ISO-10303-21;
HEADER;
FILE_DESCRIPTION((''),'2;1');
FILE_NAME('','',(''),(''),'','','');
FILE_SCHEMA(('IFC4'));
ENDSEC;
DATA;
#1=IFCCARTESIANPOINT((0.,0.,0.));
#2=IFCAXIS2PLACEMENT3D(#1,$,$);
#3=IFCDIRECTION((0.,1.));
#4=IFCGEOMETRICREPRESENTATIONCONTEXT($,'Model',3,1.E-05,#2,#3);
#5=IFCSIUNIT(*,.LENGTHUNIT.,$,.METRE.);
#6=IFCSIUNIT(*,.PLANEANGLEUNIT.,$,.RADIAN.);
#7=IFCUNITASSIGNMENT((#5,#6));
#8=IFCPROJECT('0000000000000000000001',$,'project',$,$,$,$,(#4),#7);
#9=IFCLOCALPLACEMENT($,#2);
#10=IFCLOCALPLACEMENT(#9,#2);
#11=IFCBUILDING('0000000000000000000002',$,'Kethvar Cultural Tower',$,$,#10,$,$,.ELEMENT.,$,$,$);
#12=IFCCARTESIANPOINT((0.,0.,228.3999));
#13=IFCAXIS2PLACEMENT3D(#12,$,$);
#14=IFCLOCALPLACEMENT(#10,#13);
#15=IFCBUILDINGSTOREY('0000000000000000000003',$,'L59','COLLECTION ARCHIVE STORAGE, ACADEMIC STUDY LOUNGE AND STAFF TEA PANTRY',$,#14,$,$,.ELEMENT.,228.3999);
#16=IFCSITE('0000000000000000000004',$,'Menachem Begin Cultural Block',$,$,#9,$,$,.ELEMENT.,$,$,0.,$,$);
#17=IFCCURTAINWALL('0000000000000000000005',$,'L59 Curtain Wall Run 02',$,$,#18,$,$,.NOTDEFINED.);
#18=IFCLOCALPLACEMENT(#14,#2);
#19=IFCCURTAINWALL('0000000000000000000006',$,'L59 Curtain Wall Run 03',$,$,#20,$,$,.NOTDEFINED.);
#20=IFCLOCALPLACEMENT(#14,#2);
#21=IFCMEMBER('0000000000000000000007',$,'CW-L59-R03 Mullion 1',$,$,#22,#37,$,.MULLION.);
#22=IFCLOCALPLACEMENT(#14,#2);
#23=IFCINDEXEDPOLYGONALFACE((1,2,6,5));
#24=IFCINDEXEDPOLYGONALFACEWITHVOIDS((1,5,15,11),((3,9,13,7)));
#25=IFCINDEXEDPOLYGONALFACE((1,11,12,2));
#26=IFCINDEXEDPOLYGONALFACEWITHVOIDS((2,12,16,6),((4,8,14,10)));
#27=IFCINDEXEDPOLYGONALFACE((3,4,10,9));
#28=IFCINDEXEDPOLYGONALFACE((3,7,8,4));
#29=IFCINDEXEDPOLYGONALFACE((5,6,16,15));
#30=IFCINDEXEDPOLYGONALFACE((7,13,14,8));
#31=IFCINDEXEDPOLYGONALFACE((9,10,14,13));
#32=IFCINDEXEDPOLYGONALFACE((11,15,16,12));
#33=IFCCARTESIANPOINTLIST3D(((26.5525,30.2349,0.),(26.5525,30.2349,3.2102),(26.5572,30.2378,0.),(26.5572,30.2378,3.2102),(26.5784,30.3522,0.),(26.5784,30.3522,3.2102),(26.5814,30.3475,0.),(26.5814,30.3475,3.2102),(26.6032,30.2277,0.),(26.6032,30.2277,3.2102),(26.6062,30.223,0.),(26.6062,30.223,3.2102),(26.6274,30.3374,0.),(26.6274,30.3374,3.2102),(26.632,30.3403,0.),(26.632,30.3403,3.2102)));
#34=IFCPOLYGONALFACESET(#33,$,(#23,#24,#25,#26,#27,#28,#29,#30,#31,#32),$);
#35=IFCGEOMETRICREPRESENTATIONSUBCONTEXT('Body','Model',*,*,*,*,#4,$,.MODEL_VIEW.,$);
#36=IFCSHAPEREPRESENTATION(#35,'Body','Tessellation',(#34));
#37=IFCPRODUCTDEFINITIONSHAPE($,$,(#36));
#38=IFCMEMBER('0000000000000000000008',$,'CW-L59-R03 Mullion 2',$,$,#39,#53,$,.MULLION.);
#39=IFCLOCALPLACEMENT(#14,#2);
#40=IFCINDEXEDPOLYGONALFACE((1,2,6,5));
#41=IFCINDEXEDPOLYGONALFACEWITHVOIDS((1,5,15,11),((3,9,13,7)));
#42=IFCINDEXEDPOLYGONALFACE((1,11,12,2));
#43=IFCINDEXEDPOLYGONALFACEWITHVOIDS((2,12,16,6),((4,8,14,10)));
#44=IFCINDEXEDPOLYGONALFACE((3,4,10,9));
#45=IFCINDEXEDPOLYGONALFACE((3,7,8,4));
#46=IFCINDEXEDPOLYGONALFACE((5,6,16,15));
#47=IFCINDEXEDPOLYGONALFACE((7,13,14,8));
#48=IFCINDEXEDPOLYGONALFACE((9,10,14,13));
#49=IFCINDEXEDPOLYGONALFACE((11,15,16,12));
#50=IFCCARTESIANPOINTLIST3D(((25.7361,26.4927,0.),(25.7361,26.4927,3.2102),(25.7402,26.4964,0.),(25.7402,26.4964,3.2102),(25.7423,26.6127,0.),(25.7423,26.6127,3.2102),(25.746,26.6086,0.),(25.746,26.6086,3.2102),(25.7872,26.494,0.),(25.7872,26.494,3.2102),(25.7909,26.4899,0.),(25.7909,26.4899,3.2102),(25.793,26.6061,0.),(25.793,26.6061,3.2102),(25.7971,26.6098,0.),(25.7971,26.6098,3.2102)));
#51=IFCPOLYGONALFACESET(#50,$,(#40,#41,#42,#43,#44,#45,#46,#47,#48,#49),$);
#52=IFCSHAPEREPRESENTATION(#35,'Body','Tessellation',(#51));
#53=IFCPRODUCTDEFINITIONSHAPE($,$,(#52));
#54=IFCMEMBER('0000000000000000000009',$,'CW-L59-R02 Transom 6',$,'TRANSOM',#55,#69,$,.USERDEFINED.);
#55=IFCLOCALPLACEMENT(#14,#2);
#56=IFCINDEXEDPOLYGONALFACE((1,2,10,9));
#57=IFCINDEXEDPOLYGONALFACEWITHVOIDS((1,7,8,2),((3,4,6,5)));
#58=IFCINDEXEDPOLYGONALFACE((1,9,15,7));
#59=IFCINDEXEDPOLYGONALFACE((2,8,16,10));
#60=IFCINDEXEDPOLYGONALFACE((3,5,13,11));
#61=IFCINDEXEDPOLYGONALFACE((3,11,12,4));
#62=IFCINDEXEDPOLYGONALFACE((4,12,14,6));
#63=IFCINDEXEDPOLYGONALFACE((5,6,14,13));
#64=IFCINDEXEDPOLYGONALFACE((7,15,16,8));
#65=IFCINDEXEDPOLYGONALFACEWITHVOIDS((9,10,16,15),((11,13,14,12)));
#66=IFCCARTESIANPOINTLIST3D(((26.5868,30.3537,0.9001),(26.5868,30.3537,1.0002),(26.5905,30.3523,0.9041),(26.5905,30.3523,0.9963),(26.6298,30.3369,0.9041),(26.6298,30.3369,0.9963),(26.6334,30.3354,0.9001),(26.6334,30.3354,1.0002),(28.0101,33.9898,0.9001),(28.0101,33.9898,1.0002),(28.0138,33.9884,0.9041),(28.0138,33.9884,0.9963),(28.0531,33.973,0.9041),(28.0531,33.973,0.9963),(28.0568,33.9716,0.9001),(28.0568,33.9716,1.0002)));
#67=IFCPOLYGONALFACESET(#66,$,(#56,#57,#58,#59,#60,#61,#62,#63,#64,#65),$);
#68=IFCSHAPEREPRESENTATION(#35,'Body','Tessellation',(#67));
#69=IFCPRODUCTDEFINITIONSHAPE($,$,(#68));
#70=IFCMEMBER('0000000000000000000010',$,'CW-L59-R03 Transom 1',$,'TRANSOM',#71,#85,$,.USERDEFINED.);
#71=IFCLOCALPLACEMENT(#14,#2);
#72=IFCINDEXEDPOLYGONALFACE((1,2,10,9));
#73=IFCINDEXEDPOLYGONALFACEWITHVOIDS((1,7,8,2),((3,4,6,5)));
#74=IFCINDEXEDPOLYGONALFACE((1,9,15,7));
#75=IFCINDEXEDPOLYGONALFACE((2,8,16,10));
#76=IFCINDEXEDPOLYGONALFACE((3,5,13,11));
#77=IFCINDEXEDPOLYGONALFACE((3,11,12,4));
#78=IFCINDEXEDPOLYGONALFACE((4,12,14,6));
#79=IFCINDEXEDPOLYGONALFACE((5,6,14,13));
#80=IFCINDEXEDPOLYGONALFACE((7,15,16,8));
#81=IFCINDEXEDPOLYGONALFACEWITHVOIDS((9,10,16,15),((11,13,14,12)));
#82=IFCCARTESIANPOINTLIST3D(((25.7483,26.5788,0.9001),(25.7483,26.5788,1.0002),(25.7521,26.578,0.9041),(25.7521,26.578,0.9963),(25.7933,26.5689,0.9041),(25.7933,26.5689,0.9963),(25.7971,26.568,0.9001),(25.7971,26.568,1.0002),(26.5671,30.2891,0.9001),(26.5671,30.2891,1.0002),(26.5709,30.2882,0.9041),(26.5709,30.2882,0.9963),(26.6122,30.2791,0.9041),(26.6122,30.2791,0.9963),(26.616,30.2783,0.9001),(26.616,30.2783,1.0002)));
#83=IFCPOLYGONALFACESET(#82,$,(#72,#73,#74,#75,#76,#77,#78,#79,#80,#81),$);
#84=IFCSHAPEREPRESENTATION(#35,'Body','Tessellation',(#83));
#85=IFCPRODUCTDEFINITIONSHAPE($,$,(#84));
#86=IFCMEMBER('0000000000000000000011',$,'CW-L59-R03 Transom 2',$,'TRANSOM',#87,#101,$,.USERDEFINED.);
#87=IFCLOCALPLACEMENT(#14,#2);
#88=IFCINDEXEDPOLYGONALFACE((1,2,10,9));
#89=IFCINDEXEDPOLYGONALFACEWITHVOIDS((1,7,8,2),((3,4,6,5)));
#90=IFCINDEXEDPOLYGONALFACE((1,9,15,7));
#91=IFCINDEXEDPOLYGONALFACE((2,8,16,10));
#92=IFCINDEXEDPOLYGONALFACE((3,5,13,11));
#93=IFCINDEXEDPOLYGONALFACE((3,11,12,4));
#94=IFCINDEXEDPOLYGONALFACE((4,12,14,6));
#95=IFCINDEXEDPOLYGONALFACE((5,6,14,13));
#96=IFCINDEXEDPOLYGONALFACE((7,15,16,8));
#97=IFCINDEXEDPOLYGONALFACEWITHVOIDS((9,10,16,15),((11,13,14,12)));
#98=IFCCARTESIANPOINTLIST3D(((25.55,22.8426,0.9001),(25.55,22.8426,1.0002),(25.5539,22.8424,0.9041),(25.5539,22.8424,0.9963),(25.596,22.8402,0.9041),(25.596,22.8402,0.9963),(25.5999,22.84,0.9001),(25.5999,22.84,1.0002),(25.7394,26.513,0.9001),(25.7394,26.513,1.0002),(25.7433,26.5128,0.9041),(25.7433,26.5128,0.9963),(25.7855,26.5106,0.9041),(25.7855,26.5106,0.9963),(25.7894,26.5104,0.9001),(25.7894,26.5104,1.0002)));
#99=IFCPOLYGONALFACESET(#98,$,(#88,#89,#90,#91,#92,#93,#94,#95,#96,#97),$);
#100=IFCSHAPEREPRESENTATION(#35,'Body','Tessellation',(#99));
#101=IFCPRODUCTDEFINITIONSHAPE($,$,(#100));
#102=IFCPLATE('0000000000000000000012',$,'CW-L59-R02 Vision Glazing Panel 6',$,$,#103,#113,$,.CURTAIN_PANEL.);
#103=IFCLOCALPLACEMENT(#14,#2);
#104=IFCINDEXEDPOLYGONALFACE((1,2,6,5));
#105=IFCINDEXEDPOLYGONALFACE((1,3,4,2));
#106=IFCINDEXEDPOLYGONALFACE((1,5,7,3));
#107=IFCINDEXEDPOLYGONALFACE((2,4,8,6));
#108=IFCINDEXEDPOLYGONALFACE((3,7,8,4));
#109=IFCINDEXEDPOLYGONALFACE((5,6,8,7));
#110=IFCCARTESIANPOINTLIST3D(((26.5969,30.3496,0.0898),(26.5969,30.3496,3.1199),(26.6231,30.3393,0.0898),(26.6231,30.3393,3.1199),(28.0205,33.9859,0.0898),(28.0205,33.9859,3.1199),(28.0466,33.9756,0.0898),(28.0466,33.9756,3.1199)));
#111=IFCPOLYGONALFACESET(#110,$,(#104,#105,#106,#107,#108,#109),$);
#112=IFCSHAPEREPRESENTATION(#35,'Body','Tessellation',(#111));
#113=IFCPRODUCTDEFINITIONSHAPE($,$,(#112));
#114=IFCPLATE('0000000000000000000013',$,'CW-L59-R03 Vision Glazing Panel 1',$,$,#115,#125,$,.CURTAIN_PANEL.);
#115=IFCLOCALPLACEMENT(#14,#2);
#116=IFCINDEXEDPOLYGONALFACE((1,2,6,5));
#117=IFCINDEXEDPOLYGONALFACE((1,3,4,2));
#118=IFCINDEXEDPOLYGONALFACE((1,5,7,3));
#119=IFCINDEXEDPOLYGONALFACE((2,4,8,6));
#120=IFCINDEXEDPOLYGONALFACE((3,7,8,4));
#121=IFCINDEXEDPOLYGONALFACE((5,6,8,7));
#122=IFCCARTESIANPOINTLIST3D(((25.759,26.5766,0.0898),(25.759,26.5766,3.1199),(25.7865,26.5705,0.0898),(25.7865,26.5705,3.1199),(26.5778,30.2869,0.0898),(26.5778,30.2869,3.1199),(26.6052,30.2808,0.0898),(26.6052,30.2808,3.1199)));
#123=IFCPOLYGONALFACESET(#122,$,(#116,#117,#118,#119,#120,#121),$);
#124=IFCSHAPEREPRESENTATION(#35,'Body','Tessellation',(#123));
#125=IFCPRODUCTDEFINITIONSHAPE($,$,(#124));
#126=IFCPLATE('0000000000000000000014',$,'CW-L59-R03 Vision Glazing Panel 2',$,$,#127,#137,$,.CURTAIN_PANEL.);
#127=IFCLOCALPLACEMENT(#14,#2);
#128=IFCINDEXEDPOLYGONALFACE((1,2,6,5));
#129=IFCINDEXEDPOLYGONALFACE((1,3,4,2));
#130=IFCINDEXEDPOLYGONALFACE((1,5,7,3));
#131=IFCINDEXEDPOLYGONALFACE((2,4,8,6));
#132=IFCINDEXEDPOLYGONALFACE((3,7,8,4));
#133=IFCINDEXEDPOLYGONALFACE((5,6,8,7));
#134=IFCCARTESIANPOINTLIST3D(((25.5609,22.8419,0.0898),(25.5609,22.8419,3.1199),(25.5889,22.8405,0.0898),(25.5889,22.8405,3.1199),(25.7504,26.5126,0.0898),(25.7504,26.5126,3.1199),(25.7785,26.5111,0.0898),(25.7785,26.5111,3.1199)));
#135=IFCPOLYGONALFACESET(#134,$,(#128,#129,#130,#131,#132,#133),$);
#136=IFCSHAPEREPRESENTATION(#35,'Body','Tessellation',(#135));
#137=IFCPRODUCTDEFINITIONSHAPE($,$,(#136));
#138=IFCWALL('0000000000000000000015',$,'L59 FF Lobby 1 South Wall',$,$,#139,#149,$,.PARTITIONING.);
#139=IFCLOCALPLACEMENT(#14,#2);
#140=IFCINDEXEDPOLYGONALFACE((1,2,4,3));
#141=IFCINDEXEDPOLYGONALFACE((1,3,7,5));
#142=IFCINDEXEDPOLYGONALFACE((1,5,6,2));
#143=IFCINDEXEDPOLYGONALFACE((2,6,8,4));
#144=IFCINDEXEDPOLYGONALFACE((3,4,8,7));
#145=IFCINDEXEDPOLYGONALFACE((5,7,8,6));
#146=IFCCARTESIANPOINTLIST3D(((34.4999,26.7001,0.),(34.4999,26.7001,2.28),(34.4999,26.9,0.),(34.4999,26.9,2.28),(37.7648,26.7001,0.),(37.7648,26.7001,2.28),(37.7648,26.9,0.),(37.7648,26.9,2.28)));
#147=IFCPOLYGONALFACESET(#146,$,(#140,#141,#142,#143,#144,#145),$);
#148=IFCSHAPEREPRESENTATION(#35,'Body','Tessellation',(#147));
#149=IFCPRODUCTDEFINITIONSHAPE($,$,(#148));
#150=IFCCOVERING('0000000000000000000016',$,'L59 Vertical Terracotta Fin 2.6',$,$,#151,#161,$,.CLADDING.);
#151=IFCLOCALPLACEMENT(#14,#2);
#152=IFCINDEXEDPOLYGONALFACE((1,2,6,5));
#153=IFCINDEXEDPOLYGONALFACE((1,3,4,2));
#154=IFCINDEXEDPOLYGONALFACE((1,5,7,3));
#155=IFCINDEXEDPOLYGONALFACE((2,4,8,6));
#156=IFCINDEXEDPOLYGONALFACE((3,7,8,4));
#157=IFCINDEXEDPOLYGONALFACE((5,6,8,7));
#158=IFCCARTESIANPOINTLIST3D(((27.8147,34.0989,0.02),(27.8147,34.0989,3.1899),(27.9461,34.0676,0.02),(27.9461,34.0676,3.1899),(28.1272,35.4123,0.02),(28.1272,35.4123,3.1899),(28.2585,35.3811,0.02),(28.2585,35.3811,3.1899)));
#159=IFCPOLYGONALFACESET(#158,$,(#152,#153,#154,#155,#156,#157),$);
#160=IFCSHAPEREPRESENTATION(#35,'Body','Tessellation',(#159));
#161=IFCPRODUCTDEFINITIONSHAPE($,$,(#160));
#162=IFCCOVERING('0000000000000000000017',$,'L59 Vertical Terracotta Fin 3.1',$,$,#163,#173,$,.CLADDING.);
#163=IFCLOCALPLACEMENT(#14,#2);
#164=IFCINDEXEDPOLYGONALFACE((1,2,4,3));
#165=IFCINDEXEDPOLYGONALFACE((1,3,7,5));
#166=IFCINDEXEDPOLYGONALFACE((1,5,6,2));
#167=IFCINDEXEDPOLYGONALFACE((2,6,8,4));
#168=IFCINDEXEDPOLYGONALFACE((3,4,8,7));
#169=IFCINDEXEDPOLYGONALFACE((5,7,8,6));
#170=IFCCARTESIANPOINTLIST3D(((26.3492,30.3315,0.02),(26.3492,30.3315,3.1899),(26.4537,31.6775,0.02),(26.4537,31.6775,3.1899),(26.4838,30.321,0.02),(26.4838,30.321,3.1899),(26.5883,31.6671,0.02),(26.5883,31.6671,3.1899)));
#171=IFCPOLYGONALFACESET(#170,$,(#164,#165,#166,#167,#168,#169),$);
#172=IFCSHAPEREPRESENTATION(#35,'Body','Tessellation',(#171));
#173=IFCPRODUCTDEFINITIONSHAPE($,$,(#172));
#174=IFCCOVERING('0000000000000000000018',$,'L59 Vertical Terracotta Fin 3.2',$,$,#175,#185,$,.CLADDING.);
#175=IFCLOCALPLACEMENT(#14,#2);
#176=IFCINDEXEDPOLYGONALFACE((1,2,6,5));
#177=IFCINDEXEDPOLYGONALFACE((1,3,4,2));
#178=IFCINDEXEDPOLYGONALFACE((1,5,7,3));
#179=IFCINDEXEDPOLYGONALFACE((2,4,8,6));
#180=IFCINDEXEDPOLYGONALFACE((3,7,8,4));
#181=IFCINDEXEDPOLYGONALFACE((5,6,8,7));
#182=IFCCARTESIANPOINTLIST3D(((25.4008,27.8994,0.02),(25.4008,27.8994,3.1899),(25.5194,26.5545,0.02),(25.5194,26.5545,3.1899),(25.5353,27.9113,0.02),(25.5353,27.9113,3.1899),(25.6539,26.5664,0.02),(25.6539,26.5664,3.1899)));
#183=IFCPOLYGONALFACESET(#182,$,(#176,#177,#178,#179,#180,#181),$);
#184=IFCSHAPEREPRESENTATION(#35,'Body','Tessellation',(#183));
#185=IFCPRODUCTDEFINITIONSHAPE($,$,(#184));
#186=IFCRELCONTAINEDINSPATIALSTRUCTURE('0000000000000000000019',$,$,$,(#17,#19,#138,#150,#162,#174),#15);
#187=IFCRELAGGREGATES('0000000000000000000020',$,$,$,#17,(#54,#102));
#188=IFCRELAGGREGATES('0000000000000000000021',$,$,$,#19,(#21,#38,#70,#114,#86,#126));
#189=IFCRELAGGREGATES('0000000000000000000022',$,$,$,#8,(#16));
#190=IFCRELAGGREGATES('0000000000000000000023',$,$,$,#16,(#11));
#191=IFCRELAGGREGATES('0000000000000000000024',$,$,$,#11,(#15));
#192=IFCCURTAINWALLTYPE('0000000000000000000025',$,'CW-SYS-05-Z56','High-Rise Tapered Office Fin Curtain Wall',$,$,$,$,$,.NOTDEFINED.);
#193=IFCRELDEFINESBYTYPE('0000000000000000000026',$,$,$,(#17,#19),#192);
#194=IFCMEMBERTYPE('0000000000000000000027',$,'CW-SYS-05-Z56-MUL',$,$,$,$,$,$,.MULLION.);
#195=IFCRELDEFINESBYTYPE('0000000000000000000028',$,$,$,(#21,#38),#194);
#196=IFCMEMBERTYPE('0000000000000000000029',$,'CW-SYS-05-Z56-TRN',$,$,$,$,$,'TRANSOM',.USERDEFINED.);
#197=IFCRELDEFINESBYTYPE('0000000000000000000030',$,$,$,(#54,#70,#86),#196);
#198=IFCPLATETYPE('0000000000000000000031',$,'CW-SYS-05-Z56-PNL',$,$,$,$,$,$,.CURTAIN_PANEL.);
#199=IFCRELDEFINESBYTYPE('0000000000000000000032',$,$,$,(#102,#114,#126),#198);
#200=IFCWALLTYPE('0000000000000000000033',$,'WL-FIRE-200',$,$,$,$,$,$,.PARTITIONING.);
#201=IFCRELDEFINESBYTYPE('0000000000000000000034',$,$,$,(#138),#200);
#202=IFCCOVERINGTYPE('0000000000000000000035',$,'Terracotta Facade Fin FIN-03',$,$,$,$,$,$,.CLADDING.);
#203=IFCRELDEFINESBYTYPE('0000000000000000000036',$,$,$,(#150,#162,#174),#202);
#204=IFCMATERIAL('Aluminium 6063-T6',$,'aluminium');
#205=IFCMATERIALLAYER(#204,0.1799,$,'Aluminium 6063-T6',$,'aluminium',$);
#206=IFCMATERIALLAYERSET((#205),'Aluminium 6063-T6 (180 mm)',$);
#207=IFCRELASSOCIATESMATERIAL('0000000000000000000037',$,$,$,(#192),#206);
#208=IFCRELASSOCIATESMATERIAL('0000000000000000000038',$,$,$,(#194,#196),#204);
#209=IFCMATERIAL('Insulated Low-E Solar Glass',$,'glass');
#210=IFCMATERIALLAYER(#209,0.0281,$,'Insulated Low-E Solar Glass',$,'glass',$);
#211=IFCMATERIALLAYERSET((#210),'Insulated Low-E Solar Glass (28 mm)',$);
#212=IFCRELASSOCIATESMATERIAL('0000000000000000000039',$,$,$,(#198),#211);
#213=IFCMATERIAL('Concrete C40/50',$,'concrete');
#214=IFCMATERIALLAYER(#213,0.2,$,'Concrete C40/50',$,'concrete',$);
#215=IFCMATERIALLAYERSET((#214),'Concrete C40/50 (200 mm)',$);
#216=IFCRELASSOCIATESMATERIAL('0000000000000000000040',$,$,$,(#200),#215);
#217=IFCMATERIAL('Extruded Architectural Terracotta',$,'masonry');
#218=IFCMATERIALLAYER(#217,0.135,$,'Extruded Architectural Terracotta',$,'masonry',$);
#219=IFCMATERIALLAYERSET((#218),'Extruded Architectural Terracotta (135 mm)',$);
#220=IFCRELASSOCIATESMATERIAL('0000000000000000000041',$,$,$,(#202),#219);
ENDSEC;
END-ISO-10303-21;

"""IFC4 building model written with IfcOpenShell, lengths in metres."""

from ifc_helpers import new_model, si_unit, direction, frame, frame_2d, origin, origin_2d, place, context, subcontext, project, spatial, rectangle, hollow_rectangle, extrude, source, transform, mapped, material, layer, layer_set, material_profile, profile_set, type_object, element, aggregate, save


model = new_model("IFC4")

# Units and contexts
model_context = context("Model", 3, precision=1e-05, world=origin(), true_north=direction((0.0, 1.0)))
body_context = subcontext(model_context, "Body", "Model", "MODEL_VIEW")
ifc_project = project(units=[si_unit("LENGTHUNIT", "METRE"), si_unit("PLANEANGLEUNIT", "RADIAN")], contexts=[model_context])

# Site, building, storey
site_placement = place(None, origin())
site = spatial("IfcSite", under=ifc_project, at=site_placement, Name="Menachem Begin Cultural Block", CompositionType="ELEMENT", RefElevation=0.0)
building_placement = place(site_placement, origin())
building = spatial("IfcBuilding", under=site, at=building_placement, Name="Kethvar Cultural Tower", CompositionType="ELEMENT")
storey_placement = place(building_placement, frame((0.0, 0.0, 228.3999)))
storey = spatial("IfcBuildingStorey", under=building, at=storey_placement, Name="L59", Description="COLLECTION ARCHIVE STORAGE, ACADEMIC STUDY LOUNGE AND STAFF TEA PANTRY", CompositionType="ELEMENT", Elevation=228.3999)

# Curtain walls, members
ifc_material_1 = material(Name="Aluminium 6063-T6", Category="aluminium")
ifc_layer_1 = layer(ifc_material_1, 0.1799, Name="Aluminium 6063-T6", Category="aluminium")
ifc_layer_set_1 = layer_set([ifc_layer_1], Name="Aluminium 6063-T6 (180 mm)")
curtain_wall_type = type_object("IfcCurtainWallType", Name="CW-SYS-05-Z56", Description="High-Rise Tapered Office Fin Curtain Wall", PredefinedType="NOTDEFINED", material=ifc_layer_set_1)
curtain_wall_1_placement = place(storey_placement, origin())
curtain_wall_1 = element("IfcCurtainWall", 1, at=curtain_wall_1_placement, inside=storey, type_object=curtain_wall_type, Name="L59 Curtain Wall Run 02", PredefinedType="NOTDEFINED")
ifc_material_profile_1 = material_profile(ifc_material_1, hollow_rectangle(XDim=0.0549, YDim=0.1201, WallThickness=0.0039, at=origin_2d()), Name="Aluminium 6063-T6 — RHS120x55x4")
ifc_profile_set_1 = profile_set([ifc_material_profile_1], Name="Aluminium 6063-T6 — RHS120x55x4")
member_type_1 = type_object("IfcMemberType", Name="CW-SYS-05-Z56-MUL", PredefinedType="MULLION", material=ifc_profile_set_1)
shared_shape_1 = source(origin(), body_context, "Body", "SweptSolid", [
    extrude(hollow_rectangle(XDim=0.0549, YDim=0.1201, WallThickness=0.0039, at=origin_2d()), origin(), (0.0, 0.0, 1.0), 3.2102),
])
curtain_wall_2_placement = place(storey_placement, origin())
curtain_wall_2 = element("IfcCurtainWall", 2, at=curtain_wall_2_placement, inside=storey, type_object=curtain_wall_type, Name="L59 Curtain Wall Run 03", PredefinedType="NOTDEFINED")
member_1_placement = place(storey_placement, frame((26.5923, 30.2876, 0.0), z_axis=(0.0, 0.0, 1.0), x_axis=(0.976507, -0.215485, 0.0)))
member_1 = element("IfcMember", 3, at=member_1_placement, type_object=member_type_1, Name="CW-L59-R03 Mullion 1", PredefinedType="MULLION", context=body_context, shape_type="MappedRepresentation", body=[
    mapped(shared_shape_1, transform((0.0, 0.0, 0.0), scale=1.0)),
])
member_2_placement = place(storey_placement, frame((25.7666, 26.5513, 0.0), z_axis=(0.0, 0.0, 1.0), x_axis=(0.998669, -0.051569, 0.0)))
member_2 = element("IfcMember", 4, at=member_2_placement, type_object=member_type_1, Name="CW-L59-R03 Mullion 2", PredefinedType="MULLION", context=body_context, shape_type="MappedRepresentation", body=[
    mapped(shared_shape_1, transform((0.0, 0.0, 0.0), scale=1.0)),
])

# Members
ifc_material_profile_2 = material_profile(ifc_material_1, hollow_rectangle(XDim=0.05, YDim=0.1001, WallThickness=0.0039, at=origin_2d()), Name="Aluminium 6063-T6 — RHS100x50x4")
ifc_profile_set_2 = profile_set([ifc_material_profile_2], Name="Aluminium 6063-T6 — RHS100x50x4")
member_type_2 = type_object("IfcMemberType", Name="CW-SYS-05-Z56-TRN", ElementType="TRANSOM", PredefinedType="USERDEFINED", material=ifc_profile_set_2)
shared_shape_2 = source(origin(), body_context, "Body", "SweptSolid", [
    extrude(hollow_rectangle(XDim=0.05, YDim=0.1001, WallThickness=0.0039, at=origin_2d()), origin(), (0.0, 0.0, 1.0), 3.9048),
])
member_3_placement = place(storey_placement, frame((28.0334, 33.9807, 0.9502), z_axis=(-0.364503, -0.931202, 0.0), x_axis=(0.931202, -0.364503, 0.0)))
member_3 = element("IfcMember", 5, at=member_3_placement, type_object=member_type_2, Name="CW-L59-R02 Transom 6", ObjectType="TRANSOM", PredefinedType="USERDEFINED", context=body_context, shape_type="MappedRepresentation", body=[
    mapped(shared_shape_2, transform((0.0, 0.0, 0.0), scale=1.0)),
])
shared_shape_3 = source(origin(), body_context, "Body", "SweptSolid", [
    extrude(hollow_rectangle(XDim=0.05, YDim=0.1001, WallThickness=0.0039, at=origin_2d()), origin(), (0.0, 0.0, 1.0), 3.7996),
])
member_4_placement = place(storey_placement, frame((26.5916, 30.2837, 0.9502), z_axis=(-0.215515, -0.976501, 0.0), x_axis=(0.976501, -0.215515, 0.0)))
member_4 = element("IfcMember", 6, at=member_4_placement, type_object=member_type_2, Name="CW-L59-R03 Transom 1", ObjectType="TRANSOM", PredefinedType="USERDEFINED", context=body_context, shape_type="MappedRepresentation", body=[
    mapped(shared_shape_3, transform((0.0, 0.0, 0.0), scale=1.0)),
])
shared_shape_4 = source(origin(), body_context, "Body", "SweptSolid", [
    extrude(hollow_rectangle(XDim=0.05, YDim=0.1001, WallThickness=0.0039, at=origin_2d()), origin(), (0.0, 0.0, 1.0), 3.6753),
])
member_5_placement = place(storey_placement, frame((25.7644, 26.5117, 0.9502), z_axis=(-0.051548, -0.998671, 0.0), x_axis=(0.998671, -0.051548, 0.0)))
member_5 = element("IfcMember", 7, at=member_5_placement, type_object=member_type_2, Name="CW-L59-R03 Transom 2", ObjectType="TRANSOM", PredefinedType="USERDEFINED", context=body_context, shape_type="MappedRepresentation", body=[
    mapped(shared_shape_4, transform((0.0, 0.0, 0.0), scale=1.0)),
])

# Plates
ifc_material_2 = material(Name="Insulated Low-E Solar Glass", Category="glass")
ifc_layer_2 = layer(ifc_material_2, 0.0281, Name="Insulated Low-E Solar Glass", Category="glass")
ifc_layer_set_2 = layer_set([ifc_layer_2], Name="Insulated Low-E Solar Glass (28 mm)")
plate_type = type_object("IfcPlateType", Name="CW-SYS-05-Z56-PNL", PredefinedType="CURTAIN_PANEL", material=ifc_layer_set_2)
shared_shape_5 = source(origin(), body_context, "Body", "SweptSolid", [
    extrude(rectangle(XDim=3.905, YDim=0.0281, at=origin_2d()), origin(), (0.0, 0.0, 1.0), 3.03),
])
plate_1_placement = place(storey_placement, frame((27.3218, 32.1626, 0.0898), z_axis=(0.0, 0.0, 1.0), x_axis=(-0.364536, -0.931189, 0.0)))
plate_1 = element("IfcPlate", 8, at=plate_1_placement, type_object=plate_type, Name="CW-L59-R02 Vision Glazing Panel 6", PredefinedType="CURTAIN_PANEL", context=body_context, shape_type="MappedRepresentation", body=[
    mapped(shared_shape_5, transform((0.0, 0.0, 0.0), scale=1.0)),
])
aggregate(curtain_wall_1, [member_3, plate_1])
shared_shape_6 = source(origin(), body_context, "Body", "SweptSolid", [
    extrude(rectangle(XDim=3.7996, YDim=0.0281, at=origin_2d()), origin(), (0.0, 0.0, 1.0), 3.03),
])
plate_2_placement = place(storey_placement, frame((26.1821, 28.4287, 0.0898), z_axis=(0.0, 0.0, 1.0), x_axis=(-0.215485, -0.976507, 0.0)))
plate_2 = element("IfcPlate", 9, at=plate_2_placement, type_object=plate_type, Name="CW-L59-R03 Vision Glazing Panel 1", PredefinedType="CURTAIN_PANEL", context=body_context, shape_type="MappedRepresentation", body=[
    mapped(shared_shape_6, transform((0.0, 0.0, 0.0), scale=1.0)),
])
shared_shape_7 = source(origin(), body_context, "Body", "SweptSolid", [
    extrude(rectangle(XDim=3.6755, YDim=0.0281, at=origin_2d()), origin(), (0.0, 0.0, 1.0), 3.03),
])
plate_3_placement = place(storey_placement, frame((25.6697, 24.6765, 0.0898), z_axis=(0.0, 0.0, 1.0), x_axis=(-0.051569, -0.998669, 0.0)))
plate_3 = element("IfcPlate", 10, at=plate_3_placement, type_object=plate_type, Name="CW-L59-R03 Vision Glazing Panel 2", PredefinedType="CURTAIN_PANEL", context=body_context, shape_type="MappedRepresentation", body=[
    mapped(shared_shape_7, transform((0.0, 0.0, 0.0), scale=1.0)),
])
aggregate(curtain_wall_2, [member_1, member_2, member_4, plate_2, member_5, plate_3])

# Shared definitions
ifc_material_3 = material(Name="Concrete C40/50", Category="concrete")
ifc_layer_3 = layer(ifc_material_3, 0.2, Name="Concrete C40/50", Category="concrete")
ifc_layer_set_3 = layer_set([ifc_layer_3], Name="Concrete C40/50 (200 mm)")
wall_type = type_object("IfcWallType", Name="WL-FIRE-200", PredefinedType="PARTITIONING", material=ifc_layer_set_3)

# Wall
wall_1_placement = place(storey_placement, frame((34.5, 26.8, 0.0), z_axis=(0.0, 0.0, 1.0), x_axis=(1.0, 0.0, 0.0)))
element("IfcWall", 11, at=wall_1_placement, inside=storey, type_object=wall_type, Name="L59 FF Lobby 1 South Wall", PredefinedType="PARTITIONING", context=body_context, shape_type="SweptSolid", body=[
    extrude(rectangle(XDim=3.2649, YDim=0.2, at=frame_2d((1.6323, 0.0))), origin(), (0.0, 0.0, 1.0), 2.28),
])

# Coverings
ifc_material_4 = material(Name="Extruded Architectural Terracotta", Category="masonry")
ifc_layer_4 = layer(ifc_material_4, 0.135, Name="Extruded Architectural Terracotta", Category="masonry")
ifc_layer_set_4 = layer_set([ifc_layer_4], Name="Extruded Architectural Terracotta (135 mm)")
covering_type = type_object("IfcCoveringType", Name="Terracotta Facade Fin FIN-03", PredefinedType="CLADDING", material=ifc_layer_set_4)
shared_shape_8 = source(origin(), body_context, "Body", "SweptSolid", [
    extrude(rectangle(XDim=1.3501, YDim=0.135, at=origin_2d()), origin(), (0.0, 0.0, 1.0), 3.1699),
])
for number, where, z_axis, x_axis, name in (
    (12, (28.0366, 34.74, 0.02), (0.0, 0.0, 1.0), (0.231408, 0.972857, 0.0), "L59 Vertical Terracotta Fin 2.6"),
    (13, (26.4688, 30.9993, 0.02), (0.0, 0.0, 1.0), (0.077415, 0.996999, 0.0), "L59 Vertical Terracotta Fin 3.1"),
    (14, (25.5273, 27.2329, 0.02), (0.0, 0.0, 1.0), (-0.087851, 0.996134, 0.0), "L59 Vertical Terracotta Fin 3.2"),
):
    element("IfcCovering", number, at=place(storey_placement, frame(where, z_axis=z_axis, x_axis=x_axis)), inside=storey, type_object=covering_type, Name=name, PredefinedType="CLADDING", context=body_context, shape_type="MappedRepresentation", body=[
        mapped(shared_shape_8, transform((0.0, 0.0, 0.0), scale=1.0)),
    ])

save(model, "model.ifc")
